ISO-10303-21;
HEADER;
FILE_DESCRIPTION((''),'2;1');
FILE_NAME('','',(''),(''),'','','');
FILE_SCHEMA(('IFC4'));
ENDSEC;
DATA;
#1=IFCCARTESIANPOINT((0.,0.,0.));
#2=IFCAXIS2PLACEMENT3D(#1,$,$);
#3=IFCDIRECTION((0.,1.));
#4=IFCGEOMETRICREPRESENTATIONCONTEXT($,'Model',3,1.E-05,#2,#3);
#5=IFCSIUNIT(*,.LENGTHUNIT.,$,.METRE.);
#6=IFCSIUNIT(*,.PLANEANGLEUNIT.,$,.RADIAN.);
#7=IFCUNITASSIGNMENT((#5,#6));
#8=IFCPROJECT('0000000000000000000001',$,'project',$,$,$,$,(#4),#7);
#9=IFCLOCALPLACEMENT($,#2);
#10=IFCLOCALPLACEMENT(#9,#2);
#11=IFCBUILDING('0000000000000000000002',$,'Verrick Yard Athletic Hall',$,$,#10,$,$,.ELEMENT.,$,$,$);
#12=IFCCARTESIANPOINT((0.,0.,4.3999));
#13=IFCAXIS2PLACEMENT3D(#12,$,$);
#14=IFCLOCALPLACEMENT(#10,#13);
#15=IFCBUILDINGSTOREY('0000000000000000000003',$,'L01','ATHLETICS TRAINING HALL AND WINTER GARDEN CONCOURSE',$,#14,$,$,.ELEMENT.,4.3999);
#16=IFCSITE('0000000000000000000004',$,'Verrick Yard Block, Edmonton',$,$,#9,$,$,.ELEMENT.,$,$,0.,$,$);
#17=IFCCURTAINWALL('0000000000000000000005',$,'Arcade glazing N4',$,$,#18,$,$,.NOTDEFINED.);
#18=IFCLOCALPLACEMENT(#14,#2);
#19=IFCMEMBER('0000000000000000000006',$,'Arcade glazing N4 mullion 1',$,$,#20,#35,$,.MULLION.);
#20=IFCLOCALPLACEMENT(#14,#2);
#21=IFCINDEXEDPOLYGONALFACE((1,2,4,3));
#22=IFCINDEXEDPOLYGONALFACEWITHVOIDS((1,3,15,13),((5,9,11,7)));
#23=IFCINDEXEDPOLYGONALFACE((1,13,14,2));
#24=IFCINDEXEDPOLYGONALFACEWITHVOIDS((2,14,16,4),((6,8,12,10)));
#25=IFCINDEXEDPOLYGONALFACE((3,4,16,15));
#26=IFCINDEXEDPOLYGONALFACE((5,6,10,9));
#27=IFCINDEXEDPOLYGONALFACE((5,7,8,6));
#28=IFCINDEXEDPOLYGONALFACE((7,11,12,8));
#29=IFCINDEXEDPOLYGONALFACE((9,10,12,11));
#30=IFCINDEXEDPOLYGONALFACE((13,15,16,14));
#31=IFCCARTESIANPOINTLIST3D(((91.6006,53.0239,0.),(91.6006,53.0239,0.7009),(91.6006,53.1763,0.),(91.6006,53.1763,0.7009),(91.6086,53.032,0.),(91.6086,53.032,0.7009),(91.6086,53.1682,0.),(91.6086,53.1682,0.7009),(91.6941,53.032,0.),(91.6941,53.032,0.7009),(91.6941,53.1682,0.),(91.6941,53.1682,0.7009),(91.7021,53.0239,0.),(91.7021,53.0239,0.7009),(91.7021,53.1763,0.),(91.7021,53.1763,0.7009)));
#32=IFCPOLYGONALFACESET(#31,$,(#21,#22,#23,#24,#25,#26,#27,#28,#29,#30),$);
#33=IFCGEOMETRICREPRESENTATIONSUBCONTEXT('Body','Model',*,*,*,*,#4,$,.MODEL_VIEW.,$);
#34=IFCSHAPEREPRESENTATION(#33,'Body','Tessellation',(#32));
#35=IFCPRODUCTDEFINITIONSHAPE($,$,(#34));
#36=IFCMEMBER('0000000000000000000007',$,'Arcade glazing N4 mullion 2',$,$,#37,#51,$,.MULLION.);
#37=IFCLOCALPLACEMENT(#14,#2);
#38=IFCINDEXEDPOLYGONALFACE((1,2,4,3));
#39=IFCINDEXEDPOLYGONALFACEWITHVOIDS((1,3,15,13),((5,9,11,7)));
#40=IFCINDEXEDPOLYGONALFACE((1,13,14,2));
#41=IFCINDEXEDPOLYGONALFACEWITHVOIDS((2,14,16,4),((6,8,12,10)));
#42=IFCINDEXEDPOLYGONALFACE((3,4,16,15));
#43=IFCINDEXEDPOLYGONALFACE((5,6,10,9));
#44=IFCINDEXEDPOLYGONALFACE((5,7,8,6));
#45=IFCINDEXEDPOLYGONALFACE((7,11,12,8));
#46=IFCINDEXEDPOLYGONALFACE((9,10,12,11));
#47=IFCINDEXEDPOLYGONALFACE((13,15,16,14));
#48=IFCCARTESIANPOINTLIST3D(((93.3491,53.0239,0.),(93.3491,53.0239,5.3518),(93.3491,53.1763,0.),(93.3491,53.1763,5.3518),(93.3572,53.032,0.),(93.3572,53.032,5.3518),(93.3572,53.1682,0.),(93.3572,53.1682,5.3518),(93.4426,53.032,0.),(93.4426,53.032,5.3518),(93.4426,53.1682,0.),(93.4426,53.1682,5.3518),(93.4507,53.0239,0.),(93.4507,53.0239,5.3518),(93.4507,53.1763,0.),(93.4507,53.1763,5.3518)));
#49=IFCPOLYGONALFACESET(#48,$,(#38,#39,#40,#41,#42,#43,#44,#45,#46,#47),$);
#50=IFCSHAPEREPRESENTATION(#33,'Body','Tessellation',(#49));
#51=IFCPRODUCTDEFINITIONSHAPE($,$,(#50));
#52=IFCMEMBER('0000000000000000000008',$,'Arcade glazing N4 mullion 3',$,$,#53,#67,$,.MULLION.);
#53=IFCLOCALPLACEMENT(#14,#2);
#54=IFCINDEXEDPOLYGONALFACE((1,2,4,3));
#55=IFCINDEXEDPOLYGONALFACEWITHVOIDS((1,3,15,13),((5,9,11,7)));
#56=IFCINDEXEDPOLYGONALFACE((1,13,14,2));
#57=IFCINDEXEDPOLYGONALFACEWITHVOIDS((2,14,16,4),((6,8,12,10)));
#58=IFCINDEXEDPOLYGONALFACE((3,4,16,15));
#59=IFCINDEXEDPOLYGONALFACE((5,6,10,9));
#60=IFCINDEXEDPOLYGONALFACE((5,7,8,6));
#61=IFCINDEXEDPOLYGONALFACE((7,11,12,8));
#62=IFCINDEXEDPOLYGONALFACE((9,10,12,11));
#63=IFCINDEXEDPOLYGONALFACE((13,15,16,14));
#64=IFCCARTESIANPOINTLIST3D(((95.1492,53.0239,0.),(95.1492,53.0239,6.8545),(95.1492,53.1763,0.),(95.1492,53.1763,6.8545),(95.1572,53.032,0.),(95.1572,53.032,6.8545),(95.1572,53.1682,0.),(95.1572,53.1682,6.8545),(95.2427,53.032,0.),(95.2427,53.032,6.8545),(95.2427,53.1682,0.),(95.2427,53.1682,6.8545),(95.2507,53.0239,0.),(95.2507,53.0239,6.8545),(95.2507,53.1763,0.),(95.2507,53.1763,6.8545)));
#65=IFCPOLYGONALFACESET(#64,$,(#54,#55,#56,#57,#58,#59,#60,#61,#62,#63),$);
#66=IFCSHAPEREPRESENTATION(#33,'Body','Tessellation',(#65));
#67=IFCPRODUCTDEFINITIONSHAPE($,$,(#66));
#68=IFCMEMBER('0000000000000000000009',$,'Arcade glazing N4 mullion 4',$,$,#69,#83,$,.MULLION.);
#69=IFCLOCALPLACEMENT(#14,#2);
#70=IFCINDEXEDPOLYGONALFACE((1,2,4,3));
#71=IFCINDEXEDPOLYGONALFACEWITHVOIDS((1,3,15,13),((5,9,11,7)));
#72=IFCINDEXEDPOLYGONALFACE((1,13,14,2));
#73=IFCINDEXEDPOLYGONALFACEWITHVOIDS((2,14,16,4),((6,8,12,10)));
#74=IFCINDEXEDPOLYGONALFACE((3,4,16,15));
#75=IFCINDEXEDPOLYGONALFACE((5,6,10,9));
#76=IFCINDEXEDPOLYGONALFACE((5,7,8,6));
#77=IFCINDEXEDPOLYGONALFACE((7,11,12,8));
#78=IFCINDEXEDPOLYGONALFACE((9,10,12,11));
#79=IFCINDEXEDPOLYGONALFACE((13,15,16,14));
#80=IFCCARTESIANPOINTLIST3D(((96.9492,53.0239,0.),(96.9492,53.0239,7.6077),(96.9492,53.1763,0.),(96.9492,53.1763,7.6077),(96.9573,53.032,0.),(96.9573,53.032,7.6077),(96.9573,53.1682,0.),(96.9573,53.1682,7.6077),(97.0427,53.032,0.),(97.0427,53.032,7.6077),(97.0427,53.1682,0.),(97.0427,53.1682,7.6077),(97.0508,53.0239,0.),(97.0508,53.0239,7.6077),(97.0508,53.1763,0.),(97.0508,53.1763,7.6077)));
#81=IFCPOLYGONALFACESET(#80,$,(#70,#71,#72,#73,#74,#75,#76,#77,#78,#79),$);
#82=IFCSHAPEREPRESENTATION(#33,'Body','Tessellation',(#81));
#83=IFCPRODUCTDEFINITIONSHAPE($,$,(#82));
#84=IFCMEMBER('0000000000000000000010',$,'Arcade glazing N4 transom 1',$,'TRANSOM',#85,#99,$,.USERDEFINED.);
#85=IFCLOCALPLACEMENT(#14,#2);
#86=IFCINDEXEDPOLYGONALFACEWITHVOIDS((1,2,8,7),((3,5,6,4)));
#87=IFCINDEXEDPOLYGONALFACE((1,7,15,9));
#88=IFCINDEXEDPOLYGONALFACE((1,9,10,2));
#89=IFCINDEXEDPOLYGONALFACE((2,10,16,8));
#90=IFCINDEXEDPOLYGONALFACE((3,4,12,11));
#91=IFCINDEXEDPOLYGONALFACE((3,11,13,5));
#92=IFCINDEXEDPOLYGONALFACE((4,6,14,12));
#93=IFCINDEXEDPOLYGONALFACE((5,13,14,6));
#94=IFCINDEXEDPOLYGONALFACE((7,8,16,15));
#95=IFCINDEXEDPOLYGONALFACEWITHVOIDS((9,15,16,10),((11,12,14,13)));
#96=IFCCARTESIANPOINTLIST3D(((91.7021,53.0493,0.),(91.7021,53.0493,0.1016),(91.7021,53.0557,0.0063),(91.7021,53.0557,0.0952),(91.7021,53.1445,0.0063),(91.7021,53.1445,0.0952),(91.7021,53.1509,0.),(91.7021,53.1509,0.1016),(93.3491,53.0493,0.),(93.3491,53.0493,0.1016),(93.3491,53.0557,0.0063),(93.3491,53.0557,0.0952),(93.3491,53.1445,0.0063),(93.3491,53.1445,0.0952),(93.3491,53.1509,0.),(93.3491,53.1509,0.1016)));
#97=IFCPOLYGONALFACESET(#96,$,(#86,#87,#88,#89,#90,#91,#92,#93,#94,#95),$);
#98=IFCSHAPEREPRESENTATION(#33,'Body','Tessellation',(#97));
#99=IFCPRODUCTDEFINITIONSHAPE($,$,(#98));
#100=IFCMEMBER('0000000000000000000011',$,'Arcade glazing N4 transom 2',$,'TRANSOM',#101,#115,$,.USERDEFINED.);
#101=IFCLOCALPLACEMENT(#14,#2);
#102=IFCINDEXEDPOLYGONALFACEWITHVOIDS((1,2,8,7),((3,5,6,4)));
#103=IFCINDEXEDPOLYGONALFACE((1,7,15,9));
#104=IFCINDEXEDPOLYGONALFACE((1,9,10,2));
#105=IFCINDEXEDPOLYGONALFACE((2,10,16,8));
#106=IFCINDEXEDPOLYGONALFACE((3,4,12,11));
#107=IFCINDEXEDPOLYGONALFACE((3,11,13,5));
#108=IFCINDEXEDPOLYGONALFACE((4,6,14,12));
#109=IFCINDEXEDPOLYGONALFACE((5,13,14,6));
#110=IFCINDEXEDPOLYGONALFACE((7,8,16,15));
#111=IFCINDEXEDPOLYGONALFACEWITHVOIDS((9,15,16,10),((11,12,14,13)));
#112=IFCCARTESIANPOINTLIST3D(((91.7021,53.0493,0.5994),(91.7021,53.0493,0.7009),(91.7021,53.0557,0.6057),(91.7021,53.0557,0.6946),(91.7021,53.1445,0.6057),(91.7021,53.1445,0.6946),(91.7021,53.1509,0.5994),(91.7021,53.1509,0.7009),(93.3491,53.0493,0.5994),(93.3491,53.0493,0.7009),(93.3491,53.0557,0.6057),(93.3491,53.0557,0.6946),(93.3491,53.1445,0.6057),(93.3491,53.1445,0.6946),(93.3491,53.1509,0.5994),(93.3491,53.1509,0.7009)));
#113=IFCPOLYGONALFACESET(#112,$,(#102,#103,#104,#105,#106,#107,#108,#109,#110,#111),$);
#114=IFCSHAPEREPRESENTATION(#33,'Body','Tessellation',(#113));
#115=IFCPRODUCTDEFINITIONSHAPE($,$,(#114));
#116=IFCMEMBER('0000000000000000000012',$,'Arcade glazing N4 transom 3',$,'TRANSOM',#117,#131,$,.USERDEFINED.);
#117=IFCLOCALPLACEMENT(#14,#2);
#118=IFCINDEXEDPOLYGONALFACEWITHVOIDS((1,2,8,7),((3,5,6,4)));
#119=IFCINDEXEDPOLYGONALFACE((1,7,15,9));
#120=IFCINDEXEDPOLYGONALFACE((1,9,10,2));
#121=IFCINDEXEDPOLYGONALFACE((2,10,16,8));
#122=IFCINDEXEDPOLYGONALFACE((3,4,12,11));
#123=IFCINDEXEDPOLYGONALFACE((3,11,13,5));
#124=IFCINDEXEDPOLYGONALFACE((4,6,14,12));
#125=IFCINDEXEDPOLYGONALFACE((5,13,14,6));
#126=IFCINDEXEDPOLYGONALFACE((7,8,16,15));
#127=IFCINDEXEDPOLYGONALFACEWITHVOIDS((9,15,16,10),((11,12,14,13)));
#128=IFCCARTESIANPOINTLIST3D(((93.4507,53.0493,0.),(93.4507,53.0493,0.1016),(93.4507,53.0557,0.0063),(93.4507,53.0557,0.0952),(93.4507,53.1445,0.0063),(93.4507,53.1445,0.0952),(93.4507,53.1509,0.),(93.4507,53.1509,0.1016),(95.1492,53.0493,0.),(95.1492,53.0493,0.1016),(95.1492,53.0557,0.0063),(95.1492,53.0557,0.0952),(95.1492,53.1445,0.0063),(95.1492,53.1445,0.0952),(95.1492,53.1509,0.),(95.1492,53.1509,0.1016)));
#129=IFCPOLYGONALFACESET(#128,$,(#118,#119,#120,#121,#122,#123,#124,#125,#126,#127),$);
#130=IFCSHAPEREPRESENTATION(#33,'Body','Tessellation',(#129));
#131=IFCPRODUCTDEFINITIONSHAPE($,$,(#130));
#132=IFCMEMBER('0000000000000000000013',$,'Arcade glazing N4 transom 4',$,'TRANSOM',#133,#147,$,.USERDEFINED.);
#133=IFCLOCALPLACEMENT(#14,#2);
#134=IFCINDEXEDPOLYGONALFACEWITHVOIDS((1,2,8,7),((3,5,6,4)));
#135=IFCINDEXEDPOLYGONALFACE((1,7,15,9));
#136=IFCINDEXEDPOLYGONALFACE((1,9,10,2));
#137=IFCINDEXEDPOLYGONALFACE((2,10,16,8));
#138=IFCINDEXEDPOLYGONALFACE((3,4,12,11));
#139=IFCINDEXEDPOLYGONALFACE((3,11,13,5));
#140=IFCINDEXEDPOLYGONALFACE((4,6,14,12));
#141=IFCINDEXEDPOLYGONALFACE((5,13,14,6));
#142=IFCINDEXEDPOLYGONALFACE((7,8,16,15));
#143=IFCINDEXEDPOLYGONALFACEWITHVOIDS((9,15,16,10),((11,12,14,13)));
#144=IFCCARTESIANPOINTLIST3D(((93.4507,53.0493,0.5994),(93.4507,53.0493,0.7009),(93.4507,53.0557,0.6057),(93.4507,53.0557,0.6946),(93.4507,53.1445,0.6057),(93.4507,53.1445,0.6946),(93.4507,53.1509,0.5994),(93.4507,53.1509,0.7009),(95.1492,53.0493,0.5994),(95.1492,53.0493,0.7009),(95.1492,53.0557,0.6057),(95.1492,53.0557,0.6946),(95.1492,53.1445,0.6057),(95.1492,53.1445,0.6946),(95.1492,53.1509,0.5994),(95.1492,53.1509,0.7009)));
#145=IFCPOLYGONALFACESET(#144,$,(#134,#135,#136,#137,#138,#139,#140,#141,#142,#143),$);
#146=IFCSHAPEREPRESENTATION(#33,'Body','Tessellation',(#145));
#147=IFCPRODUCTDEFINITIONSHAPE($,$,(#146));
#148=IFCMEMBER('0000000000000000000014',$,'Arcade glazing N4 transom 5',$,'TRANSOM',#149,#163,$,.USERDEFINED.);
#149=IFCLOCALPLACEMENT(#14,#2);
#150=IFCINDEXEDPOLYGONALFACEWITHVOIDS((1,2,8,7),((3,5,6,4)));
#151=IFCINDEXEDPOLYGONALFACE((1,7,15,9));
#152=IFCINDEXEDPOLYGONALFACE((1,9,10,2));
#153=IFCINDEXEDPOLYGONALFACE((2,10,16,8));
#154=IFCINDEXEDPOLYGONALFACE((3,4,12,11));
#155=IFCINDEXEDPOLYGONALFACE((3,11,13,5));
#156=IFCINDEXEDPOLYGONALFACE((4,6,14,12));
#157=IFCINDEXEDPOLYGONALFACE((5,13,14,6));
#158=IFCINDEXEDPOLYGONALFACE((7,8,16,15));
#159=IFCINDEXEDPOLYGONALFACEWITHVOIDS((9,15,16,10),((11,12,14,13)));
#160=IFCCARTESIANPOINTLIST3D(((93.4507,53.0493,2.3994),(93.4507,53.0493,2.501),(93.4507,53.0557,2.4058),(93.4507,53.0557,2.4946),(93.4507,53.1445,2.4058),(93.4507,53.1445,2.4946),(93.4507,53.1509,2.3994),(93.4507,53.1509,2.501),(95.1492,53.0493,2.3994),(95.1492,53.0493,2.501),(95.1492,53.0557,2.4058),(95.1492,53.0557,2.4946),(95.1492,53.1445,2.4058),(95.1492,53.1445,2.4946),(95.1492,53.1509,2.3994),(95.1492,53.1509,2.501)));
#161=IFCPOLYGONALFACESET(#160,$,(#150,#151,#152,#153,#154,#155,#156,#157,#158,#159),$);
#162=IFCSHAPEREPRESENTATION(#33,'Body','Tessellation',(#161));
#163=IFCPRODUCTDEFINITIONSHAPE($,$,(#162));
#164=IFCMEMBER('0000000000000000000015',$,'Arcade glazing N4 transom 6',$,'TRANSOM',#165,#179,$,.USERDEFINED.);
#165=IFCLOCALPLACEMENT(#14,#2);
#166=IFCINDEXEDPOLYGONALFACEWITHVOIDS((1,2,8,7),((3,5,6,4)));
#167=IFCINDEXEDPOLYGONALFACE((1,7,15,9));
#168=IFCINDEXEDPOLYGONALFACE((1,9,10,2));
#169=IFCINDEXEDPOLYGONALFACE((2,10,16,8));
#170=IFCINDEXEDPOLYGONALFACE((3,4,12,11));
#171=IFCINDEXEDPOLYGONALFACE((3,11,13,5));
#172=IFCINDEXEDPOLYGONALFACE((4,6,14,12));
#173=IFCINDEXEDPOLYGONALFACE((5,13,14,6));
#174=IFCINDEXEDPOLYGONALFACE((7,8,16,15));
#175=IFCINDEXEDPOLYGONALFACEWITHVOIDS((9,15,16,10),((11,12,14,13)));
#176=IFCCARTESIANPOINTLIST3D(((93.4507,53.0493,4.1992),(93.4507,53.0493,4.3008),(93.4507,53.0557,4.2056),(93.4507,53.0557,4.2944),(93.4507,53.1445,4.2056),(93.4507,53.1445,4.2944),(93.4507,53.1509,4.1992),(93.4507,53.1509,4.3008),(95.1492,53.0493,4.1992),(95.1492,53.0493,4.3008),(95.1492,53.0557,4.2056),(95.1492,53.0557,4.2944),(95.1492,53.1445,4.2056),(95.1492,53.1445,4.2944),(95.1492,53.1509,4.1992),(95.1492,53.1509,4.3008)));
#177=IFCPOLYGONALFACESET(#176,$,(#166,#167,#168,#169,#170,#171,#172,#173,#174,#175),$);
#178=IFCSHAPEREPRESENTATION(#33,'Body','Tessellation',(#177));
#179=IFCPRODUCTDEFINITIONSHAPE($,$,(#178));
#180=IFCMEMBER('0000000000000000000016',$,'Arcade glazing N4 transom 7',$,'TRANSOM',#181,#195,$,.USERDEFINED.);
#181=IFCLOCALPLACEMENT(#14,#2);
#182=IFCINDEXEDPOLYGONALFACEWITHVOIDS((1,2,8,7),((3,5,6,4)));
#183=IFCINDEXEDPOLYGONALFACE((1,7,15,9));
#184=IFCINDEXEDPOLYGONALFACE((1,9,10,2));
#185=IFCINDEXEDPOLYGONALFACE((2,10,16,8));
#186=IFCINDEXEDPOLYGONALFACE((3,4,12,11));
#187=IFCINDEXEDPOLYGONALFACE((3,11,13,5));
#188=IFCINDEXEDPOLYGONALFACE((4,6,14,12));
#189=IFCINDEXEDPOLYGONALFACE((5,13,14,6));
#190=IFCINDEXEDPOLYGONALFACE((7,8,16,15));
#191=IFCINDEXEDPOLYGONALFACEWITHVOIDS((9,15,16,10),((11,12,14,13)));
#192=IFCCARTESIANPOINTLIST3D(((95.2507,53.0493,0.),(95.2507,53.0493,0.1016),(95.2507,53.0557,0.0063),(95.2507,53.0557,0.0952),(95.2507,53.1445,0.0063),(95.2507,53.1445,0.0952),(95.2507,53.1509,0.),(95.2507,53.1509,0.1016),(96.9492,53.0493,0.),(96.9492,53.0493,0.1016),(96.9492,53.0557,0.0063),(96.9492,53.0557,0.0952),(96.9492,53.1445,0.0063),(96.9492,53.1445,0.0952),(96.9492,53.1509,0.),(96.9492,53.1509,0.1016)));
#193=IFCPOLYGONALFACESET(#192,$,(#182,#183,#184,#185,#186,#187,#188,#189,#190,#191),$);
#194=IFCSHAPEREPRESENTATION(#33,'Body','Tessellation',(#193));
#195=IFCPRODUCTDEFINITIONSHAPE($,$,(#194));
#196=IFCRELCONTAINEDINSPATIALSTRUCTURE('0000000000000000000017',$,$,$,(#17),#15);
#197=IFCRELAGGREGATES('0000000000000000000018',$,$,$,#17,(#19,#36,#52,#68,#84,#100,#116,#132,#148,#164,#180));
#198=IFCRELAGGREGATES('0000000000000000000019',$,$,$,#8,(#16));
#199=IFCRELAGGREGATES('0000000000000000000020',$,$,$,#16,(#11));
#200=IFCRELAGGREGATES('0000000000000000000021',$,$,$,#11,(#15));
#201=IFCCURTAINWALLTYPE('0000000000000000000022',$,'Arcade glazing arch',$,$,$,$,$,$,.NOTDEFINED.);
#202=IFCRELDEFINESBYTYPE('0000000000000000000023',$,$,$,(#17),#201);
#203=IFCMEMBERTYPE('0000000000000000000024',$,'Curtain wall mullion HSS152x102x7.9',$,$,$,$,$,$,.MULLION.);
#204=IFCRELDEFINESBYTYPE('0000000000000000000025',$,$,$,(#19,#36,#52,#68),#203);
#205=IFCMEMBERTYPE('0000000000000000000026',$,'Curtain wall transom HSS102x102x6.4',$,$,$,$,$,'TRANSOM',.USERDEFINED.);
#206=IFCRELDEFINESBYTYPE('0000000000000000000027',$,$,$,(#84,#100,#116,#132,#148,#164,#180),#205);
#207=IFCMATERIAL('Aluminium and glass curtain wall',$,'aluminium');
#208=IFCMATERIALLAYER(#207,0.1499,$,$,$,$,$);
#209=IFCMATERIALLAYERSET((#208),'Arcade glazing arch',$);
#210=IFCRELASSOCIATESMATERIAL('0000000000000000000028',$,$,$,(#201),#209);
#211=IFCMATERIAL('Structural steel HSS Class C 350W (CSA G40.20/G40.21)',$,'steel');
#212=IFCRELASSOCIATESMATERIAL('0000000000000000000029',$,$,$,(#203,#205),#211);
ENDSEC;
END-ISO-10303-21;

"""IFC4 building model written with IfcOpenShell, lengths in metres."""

from ifc_helpers import new_model, si_unit, direction, frame, origin, origin_2d, place, context, subcontext, project, spatial, hollow_rectangle, extrude, material, layer, layer_set, material_profile, profile_set, type_object, element, aggregate, save


model = new_model("IFC4")

# Units and contexts
model_context = context("Model", 3, precision=1e-05, world=origin(), true_north=direction((0.0, 1.0)))
body_context = subcontext(model_context, "Body", "Model", "MODEL_VIEW")
ifc_project = project(units=[si_unit("LENGTHUNIT", "METRE"), si_unit("PLANEANGLEUNIT", "RADIAN")], contexts=[model_context])

# Site, building, storey
site_placement = place(None, origin())
site = spatial("IfcSite", under=ifc_project, at=site_placement, Name="Verrick Yard Block, Edmonton", CompositionType="ELEMENT", RefElevation=0.0)
building_placement = place(site_placement, origin())
building = spatial("IfcBuilding", under=site, at=building_placement, Name="Verrick Yard Athletic Hall", CompositionType="ELEMENT")
storey_placement = place(building_placement, frame((0.0, 0.0, 4.3999)))
storey = spatial("IfcBuildingStorey", under=building, at=storey_placement, Name="L01", Description="ATHLETICS TRAINING HALL AND WINTER GARDEN CONCOURSE", CompositionType="ELEMENT", Elevation=4.3999)

# Curtain wall, members
ifc_material_1 = material(Name="Aluminium and glass curtain wall", Category="aluminium")
ifc_layer_1 = layer(ifc_material_1, 0.1499)
ifc_layer_set_1 = layer_set([ifc_layer_1], Name="Arcade glazing arch")
curtain_wall_type = type_object("IfcCurtainWallType", Name="Arcade glazing arch", PredefinedType="NOTDEFINED", material=ifc_layer_set_1)
curtain_wall_placement = place(storey_placement, origin())
curtain_wall = element("IfcCurtainWall", 1, at=curtain_wall_placement, inside=storey, type_object=curtain_wall_type, Name="Arcade glazing N4", PredefinedType="NOTDEFINED")
ifc_material_2 = material(Name="Structural steel HSS Class C 350W (CSA G40.20/G40.21)", Category="steel")
ifc_material_profile_1 = material_profile(ifc_material_2, hollow_rectangle(XDim=0.1016, YDim=0.1523, WallThickness=0.0081, at=origin_2d()), Name="HSS152x102x7.9")
ifc_profile_set_1 = profile_set([ifc_material_profile_1], Name="Structural steel HSS Class C 350W (CSA G40.20/G40.21)")
member_type_1 = type_object("IfcMemberType", Name="Curtain wall mullion HSS152x102x7.9", PredefinedType="MULLION", material=ifc_profile_set_1)
member_1_placement = place(storey_placement, frame((91.6514, 53.1001, 0.0), z_axis=(0.0, 0.0, 1.0), x_axis=(1.0, 0.0, 0.0)))
member_1 = element("IfcMember", 2, at=member_1_placement, type_object=member_type_1, Name="Arcade glazing N4 mullion 1", PredefinedType="MULLION", context=body_context, shape_type="SweptSolid", body=[
    extrude(hollow_rectangle(XDim=0.1016, YDim=0.1523, WallThickness=0.0081, at=origin_2d()), origin(), (0.0, 0.0, 1.0), 0.7009),
])
member_2_placement = place(storey_placement, frame((93.3999, 53.1001, 0.0), z_axis=(0.0, 0.0, 1.0), x_axis=(1.0, 0.0, 0.0)))
member_2 = element("IfcMember", 3, at=member_2_placement, type_object=member_type_1, Name="Arcade glazing N4 mullion 2", PredefinedType="MULLION", context=body_context, shape_type="SweptSolid", body=[
    extrude(hollow_rectangle(XDim=0.1016, YDim=0.1523, WallThickness=0.0081, at=origin_2d()), origin(), (0.0, 0.0, 1.0), 5.3518),
])
member_3_placement = place(storey_placement, frame((95.2, 53.1001, 0.0), z_axis=(0.0, 0.0, 1.0), x_axis=(1.0, 0.0, 0.0)))
member_3 = element("IfcMember", 4, at=member_3_placement, type_object=member_type_1, Name="Arcade glazing N4 mullion 3", PredefinedType="MULLION", context=body_context, shape_type="SweptSolid", body=[
    extrude(hollow_rectangle(XDim=0.1016, YDim=0.1523, WallThickness=0.0081, at=origin_2d()), origin(), (0.0, 0.0, 1.0), 6.8545),
])
member_4_placement = place(storey_placement, frame((97.0, 53.1001, 0.0), z_axis=(0.0, 0.0, 1.0), x_axis=(1.0, 0.0, 0.0)))
member_4 = element("IfcMember", 5, at=member_4_placement, type_object=member_type_1, Name="Arcade glazing N4 mullion 4", PredefinedType="MULLION", context=body_context, shape_type="SweptSolid", body=[
    extrude(hollow_rectangle(XDim=0.1016, YDim=0.1523, WallThickness=0.0081, at=origin_2d()), origin(), (0.0, 0.0, 1.0), 7.6077),
])
ifc_material_profile_2 = material_profile(ifc_material_2, hollow_rectangle(XDim=0.1016, YDim=0.1016, WallThickness=0.0063, at=origin_2d()), Name="HSS102x102x6.4")
ifc_profile_set_2 = profile_set([ifc_material_profile_2], Name="Structural steel HSS Class C 350W (CSA G40.20/G40.21)")
member_type_2 = type_object("IfcMemberType", Name="Curtain wall transom HSS102x102x6.4", ElementType="TRANSOM", PredefinedType="USERDEFINED", material=ifc_profile_set_2)
member_5_placement = place(storey_placement, frame((91.7021, 53.1001, 0.0508), z_axis=(1.0, 0.0, 0.0), x_axis=(0.0, 1.0, 0.0)))
member_5 = element("IfcMember", 6, at=member_5_placement, type_object=member_type_2, Name="Arcade glazing N4 transom 1", ObjectType="TRANSOM", PredefinedType="USERDEFINED", context=body_context, shape_type="SweptSolid", body=[
    extrude(hollow_rectangle(XDim=0.1016, YDim=0.1016, WallThickness=0.0063, at=origin_2d()), origin(), (0.0, 0.0, 1.0), 1.647),
])
member_6_placement = place(storey_placement, frame((91.7021, 53.1001, 0.6501), z_axis=(1.0, 0.0, 0.0), x_axis=(0.0, 1.0, 0.0)))
member_6 = element("IfcMember", 7, at=member_6_placement, type_object=member_type_2, Name="Arcade glazing N4 transom 2", ObjectType="TRANSOM", PredefinedType="USERDEFINED", context=body_context, shape_type="SweptSolid", body=[
    extrude(hollow_rectangle(XDim=0.1016, YDim=0.1016, WallThickness=0.0063, at=origin_2d()), origin(), (0.0, 0.0, 1.0), 1.647),
])
member_7_placement = place(storey_placement, frame((93.4507, 53.1001, 0.0508), z_axis=(1.0, 0.0, 0.0), x_axis=(0.0, 1.0, 0.0)))
member_7 = element("IfcMember", 8, at=member_7_placement, type_object=member_type_2, Name="Arcade glazing N4 transom 3", ObjectType="TRANSOM", PredefinedType="USERDEFINED", context=body_context, shape_type="SweptSolid", body=[
    extrude(hollow_rectangle(XDim=0.1016, YDim=0.1016, WallThickness=0.0063, at=origin_2d()), origin(), (0.0, 0.0, 1.0), 1.6985),
])
member_8_placement = place(storey_placement, frame((93.4507, 53.1001, 0.6501), z_axis=(1.0, 0.0, 0.0), x_axis=(0.0, 1.0, 0.0)))
member_8 = element("IfcMember", 9, at=member_8_placement, type_object=member_type_2, Name="Arcade glazing N4 transom 4", ObjectType="TRANSOM", PredefinedType="USERDEFINED", context=body_context, shape_type="SweptSolid", body=[
    extrude(hollow_rectangle(XDim=0.1016, YDim=0.1016, WallThickness=0.0063, at=origin_2d()), origin(), (0.0, 0.0, 1.0), 1.6985),
])
member_9_placement = place(storey_placement, frame((93.4507, 53.1001, 2.4502), z_axis=(1.0, 0.0, 0.0), x_axis=(0.0, 1.0, 0.0)))
member_9 = element("IfcMember", 10, at=member_9_placement, type_object=member_type_2, Name="Arcade glazing N4 transom 5", ObjectType="TRANSOM", PredefinedType="USERDEFINED", context=body_context, shape_type="SweptSolid", body=[
    extrude(hollow_rectangle(XDim=0.1016, YDim=0.1016, WallThickness=0.0063, at=origin_2d()), origin(), (0.0, 0.0, 1.0), 1.6985),
])
member_10_placement = place(storey_placement, frame((93.4507, 53.1001, 4.25), z_axis=(1.0, 0.0, 0.0), x_axis=(0.0, 1.0, 0.0)))
member_10 = element("IfcMember", 11, at=member_10_placement, type_object=member_type_2, Name="Arcade glazing N4 transom 6", ObjectType="TRANSOM", PredefinedType="USERDEFINED", context=body_context, shape_type="SweptSolid", body=[
    extrude(hollow_rectangle(XDim=0.1016, YDim=0.1016, WallThickness=0.0063, at=origin_2d()), origin(), (0.0, 0.0, 1.0), 1.6985),
])
member_11_placement = place(storey_placement, frame((95.2507, 53.1001, 0.0508), z_axis=(1.0, 0.0, 0.0), x_axis=(0.0, 1.0, 0.0)))
member_11 = element("IfcMember", 12, at=member_11_placement, type_object=member_type_2, Name="Arcade glazing N4 transom 7", ObjectType="TRANSOM", PredefinedType="USERDEFINED", context=body_context, shape_type="SweptSolid", body=[
    extrude(hollow_rectangle(XDim=0.1016, YDim=0.1016, WallThickness=0.0063, at=origin_2d()), origin(), (0.0, 0.0, 1.0), 1.6985),
])
aggregate(curtain_wall, [member_1, member_2, member_3, member_4, member_5, member_6, member_7, member_8, member_9, member_10, member_11])

save(model, "model.ifc")
